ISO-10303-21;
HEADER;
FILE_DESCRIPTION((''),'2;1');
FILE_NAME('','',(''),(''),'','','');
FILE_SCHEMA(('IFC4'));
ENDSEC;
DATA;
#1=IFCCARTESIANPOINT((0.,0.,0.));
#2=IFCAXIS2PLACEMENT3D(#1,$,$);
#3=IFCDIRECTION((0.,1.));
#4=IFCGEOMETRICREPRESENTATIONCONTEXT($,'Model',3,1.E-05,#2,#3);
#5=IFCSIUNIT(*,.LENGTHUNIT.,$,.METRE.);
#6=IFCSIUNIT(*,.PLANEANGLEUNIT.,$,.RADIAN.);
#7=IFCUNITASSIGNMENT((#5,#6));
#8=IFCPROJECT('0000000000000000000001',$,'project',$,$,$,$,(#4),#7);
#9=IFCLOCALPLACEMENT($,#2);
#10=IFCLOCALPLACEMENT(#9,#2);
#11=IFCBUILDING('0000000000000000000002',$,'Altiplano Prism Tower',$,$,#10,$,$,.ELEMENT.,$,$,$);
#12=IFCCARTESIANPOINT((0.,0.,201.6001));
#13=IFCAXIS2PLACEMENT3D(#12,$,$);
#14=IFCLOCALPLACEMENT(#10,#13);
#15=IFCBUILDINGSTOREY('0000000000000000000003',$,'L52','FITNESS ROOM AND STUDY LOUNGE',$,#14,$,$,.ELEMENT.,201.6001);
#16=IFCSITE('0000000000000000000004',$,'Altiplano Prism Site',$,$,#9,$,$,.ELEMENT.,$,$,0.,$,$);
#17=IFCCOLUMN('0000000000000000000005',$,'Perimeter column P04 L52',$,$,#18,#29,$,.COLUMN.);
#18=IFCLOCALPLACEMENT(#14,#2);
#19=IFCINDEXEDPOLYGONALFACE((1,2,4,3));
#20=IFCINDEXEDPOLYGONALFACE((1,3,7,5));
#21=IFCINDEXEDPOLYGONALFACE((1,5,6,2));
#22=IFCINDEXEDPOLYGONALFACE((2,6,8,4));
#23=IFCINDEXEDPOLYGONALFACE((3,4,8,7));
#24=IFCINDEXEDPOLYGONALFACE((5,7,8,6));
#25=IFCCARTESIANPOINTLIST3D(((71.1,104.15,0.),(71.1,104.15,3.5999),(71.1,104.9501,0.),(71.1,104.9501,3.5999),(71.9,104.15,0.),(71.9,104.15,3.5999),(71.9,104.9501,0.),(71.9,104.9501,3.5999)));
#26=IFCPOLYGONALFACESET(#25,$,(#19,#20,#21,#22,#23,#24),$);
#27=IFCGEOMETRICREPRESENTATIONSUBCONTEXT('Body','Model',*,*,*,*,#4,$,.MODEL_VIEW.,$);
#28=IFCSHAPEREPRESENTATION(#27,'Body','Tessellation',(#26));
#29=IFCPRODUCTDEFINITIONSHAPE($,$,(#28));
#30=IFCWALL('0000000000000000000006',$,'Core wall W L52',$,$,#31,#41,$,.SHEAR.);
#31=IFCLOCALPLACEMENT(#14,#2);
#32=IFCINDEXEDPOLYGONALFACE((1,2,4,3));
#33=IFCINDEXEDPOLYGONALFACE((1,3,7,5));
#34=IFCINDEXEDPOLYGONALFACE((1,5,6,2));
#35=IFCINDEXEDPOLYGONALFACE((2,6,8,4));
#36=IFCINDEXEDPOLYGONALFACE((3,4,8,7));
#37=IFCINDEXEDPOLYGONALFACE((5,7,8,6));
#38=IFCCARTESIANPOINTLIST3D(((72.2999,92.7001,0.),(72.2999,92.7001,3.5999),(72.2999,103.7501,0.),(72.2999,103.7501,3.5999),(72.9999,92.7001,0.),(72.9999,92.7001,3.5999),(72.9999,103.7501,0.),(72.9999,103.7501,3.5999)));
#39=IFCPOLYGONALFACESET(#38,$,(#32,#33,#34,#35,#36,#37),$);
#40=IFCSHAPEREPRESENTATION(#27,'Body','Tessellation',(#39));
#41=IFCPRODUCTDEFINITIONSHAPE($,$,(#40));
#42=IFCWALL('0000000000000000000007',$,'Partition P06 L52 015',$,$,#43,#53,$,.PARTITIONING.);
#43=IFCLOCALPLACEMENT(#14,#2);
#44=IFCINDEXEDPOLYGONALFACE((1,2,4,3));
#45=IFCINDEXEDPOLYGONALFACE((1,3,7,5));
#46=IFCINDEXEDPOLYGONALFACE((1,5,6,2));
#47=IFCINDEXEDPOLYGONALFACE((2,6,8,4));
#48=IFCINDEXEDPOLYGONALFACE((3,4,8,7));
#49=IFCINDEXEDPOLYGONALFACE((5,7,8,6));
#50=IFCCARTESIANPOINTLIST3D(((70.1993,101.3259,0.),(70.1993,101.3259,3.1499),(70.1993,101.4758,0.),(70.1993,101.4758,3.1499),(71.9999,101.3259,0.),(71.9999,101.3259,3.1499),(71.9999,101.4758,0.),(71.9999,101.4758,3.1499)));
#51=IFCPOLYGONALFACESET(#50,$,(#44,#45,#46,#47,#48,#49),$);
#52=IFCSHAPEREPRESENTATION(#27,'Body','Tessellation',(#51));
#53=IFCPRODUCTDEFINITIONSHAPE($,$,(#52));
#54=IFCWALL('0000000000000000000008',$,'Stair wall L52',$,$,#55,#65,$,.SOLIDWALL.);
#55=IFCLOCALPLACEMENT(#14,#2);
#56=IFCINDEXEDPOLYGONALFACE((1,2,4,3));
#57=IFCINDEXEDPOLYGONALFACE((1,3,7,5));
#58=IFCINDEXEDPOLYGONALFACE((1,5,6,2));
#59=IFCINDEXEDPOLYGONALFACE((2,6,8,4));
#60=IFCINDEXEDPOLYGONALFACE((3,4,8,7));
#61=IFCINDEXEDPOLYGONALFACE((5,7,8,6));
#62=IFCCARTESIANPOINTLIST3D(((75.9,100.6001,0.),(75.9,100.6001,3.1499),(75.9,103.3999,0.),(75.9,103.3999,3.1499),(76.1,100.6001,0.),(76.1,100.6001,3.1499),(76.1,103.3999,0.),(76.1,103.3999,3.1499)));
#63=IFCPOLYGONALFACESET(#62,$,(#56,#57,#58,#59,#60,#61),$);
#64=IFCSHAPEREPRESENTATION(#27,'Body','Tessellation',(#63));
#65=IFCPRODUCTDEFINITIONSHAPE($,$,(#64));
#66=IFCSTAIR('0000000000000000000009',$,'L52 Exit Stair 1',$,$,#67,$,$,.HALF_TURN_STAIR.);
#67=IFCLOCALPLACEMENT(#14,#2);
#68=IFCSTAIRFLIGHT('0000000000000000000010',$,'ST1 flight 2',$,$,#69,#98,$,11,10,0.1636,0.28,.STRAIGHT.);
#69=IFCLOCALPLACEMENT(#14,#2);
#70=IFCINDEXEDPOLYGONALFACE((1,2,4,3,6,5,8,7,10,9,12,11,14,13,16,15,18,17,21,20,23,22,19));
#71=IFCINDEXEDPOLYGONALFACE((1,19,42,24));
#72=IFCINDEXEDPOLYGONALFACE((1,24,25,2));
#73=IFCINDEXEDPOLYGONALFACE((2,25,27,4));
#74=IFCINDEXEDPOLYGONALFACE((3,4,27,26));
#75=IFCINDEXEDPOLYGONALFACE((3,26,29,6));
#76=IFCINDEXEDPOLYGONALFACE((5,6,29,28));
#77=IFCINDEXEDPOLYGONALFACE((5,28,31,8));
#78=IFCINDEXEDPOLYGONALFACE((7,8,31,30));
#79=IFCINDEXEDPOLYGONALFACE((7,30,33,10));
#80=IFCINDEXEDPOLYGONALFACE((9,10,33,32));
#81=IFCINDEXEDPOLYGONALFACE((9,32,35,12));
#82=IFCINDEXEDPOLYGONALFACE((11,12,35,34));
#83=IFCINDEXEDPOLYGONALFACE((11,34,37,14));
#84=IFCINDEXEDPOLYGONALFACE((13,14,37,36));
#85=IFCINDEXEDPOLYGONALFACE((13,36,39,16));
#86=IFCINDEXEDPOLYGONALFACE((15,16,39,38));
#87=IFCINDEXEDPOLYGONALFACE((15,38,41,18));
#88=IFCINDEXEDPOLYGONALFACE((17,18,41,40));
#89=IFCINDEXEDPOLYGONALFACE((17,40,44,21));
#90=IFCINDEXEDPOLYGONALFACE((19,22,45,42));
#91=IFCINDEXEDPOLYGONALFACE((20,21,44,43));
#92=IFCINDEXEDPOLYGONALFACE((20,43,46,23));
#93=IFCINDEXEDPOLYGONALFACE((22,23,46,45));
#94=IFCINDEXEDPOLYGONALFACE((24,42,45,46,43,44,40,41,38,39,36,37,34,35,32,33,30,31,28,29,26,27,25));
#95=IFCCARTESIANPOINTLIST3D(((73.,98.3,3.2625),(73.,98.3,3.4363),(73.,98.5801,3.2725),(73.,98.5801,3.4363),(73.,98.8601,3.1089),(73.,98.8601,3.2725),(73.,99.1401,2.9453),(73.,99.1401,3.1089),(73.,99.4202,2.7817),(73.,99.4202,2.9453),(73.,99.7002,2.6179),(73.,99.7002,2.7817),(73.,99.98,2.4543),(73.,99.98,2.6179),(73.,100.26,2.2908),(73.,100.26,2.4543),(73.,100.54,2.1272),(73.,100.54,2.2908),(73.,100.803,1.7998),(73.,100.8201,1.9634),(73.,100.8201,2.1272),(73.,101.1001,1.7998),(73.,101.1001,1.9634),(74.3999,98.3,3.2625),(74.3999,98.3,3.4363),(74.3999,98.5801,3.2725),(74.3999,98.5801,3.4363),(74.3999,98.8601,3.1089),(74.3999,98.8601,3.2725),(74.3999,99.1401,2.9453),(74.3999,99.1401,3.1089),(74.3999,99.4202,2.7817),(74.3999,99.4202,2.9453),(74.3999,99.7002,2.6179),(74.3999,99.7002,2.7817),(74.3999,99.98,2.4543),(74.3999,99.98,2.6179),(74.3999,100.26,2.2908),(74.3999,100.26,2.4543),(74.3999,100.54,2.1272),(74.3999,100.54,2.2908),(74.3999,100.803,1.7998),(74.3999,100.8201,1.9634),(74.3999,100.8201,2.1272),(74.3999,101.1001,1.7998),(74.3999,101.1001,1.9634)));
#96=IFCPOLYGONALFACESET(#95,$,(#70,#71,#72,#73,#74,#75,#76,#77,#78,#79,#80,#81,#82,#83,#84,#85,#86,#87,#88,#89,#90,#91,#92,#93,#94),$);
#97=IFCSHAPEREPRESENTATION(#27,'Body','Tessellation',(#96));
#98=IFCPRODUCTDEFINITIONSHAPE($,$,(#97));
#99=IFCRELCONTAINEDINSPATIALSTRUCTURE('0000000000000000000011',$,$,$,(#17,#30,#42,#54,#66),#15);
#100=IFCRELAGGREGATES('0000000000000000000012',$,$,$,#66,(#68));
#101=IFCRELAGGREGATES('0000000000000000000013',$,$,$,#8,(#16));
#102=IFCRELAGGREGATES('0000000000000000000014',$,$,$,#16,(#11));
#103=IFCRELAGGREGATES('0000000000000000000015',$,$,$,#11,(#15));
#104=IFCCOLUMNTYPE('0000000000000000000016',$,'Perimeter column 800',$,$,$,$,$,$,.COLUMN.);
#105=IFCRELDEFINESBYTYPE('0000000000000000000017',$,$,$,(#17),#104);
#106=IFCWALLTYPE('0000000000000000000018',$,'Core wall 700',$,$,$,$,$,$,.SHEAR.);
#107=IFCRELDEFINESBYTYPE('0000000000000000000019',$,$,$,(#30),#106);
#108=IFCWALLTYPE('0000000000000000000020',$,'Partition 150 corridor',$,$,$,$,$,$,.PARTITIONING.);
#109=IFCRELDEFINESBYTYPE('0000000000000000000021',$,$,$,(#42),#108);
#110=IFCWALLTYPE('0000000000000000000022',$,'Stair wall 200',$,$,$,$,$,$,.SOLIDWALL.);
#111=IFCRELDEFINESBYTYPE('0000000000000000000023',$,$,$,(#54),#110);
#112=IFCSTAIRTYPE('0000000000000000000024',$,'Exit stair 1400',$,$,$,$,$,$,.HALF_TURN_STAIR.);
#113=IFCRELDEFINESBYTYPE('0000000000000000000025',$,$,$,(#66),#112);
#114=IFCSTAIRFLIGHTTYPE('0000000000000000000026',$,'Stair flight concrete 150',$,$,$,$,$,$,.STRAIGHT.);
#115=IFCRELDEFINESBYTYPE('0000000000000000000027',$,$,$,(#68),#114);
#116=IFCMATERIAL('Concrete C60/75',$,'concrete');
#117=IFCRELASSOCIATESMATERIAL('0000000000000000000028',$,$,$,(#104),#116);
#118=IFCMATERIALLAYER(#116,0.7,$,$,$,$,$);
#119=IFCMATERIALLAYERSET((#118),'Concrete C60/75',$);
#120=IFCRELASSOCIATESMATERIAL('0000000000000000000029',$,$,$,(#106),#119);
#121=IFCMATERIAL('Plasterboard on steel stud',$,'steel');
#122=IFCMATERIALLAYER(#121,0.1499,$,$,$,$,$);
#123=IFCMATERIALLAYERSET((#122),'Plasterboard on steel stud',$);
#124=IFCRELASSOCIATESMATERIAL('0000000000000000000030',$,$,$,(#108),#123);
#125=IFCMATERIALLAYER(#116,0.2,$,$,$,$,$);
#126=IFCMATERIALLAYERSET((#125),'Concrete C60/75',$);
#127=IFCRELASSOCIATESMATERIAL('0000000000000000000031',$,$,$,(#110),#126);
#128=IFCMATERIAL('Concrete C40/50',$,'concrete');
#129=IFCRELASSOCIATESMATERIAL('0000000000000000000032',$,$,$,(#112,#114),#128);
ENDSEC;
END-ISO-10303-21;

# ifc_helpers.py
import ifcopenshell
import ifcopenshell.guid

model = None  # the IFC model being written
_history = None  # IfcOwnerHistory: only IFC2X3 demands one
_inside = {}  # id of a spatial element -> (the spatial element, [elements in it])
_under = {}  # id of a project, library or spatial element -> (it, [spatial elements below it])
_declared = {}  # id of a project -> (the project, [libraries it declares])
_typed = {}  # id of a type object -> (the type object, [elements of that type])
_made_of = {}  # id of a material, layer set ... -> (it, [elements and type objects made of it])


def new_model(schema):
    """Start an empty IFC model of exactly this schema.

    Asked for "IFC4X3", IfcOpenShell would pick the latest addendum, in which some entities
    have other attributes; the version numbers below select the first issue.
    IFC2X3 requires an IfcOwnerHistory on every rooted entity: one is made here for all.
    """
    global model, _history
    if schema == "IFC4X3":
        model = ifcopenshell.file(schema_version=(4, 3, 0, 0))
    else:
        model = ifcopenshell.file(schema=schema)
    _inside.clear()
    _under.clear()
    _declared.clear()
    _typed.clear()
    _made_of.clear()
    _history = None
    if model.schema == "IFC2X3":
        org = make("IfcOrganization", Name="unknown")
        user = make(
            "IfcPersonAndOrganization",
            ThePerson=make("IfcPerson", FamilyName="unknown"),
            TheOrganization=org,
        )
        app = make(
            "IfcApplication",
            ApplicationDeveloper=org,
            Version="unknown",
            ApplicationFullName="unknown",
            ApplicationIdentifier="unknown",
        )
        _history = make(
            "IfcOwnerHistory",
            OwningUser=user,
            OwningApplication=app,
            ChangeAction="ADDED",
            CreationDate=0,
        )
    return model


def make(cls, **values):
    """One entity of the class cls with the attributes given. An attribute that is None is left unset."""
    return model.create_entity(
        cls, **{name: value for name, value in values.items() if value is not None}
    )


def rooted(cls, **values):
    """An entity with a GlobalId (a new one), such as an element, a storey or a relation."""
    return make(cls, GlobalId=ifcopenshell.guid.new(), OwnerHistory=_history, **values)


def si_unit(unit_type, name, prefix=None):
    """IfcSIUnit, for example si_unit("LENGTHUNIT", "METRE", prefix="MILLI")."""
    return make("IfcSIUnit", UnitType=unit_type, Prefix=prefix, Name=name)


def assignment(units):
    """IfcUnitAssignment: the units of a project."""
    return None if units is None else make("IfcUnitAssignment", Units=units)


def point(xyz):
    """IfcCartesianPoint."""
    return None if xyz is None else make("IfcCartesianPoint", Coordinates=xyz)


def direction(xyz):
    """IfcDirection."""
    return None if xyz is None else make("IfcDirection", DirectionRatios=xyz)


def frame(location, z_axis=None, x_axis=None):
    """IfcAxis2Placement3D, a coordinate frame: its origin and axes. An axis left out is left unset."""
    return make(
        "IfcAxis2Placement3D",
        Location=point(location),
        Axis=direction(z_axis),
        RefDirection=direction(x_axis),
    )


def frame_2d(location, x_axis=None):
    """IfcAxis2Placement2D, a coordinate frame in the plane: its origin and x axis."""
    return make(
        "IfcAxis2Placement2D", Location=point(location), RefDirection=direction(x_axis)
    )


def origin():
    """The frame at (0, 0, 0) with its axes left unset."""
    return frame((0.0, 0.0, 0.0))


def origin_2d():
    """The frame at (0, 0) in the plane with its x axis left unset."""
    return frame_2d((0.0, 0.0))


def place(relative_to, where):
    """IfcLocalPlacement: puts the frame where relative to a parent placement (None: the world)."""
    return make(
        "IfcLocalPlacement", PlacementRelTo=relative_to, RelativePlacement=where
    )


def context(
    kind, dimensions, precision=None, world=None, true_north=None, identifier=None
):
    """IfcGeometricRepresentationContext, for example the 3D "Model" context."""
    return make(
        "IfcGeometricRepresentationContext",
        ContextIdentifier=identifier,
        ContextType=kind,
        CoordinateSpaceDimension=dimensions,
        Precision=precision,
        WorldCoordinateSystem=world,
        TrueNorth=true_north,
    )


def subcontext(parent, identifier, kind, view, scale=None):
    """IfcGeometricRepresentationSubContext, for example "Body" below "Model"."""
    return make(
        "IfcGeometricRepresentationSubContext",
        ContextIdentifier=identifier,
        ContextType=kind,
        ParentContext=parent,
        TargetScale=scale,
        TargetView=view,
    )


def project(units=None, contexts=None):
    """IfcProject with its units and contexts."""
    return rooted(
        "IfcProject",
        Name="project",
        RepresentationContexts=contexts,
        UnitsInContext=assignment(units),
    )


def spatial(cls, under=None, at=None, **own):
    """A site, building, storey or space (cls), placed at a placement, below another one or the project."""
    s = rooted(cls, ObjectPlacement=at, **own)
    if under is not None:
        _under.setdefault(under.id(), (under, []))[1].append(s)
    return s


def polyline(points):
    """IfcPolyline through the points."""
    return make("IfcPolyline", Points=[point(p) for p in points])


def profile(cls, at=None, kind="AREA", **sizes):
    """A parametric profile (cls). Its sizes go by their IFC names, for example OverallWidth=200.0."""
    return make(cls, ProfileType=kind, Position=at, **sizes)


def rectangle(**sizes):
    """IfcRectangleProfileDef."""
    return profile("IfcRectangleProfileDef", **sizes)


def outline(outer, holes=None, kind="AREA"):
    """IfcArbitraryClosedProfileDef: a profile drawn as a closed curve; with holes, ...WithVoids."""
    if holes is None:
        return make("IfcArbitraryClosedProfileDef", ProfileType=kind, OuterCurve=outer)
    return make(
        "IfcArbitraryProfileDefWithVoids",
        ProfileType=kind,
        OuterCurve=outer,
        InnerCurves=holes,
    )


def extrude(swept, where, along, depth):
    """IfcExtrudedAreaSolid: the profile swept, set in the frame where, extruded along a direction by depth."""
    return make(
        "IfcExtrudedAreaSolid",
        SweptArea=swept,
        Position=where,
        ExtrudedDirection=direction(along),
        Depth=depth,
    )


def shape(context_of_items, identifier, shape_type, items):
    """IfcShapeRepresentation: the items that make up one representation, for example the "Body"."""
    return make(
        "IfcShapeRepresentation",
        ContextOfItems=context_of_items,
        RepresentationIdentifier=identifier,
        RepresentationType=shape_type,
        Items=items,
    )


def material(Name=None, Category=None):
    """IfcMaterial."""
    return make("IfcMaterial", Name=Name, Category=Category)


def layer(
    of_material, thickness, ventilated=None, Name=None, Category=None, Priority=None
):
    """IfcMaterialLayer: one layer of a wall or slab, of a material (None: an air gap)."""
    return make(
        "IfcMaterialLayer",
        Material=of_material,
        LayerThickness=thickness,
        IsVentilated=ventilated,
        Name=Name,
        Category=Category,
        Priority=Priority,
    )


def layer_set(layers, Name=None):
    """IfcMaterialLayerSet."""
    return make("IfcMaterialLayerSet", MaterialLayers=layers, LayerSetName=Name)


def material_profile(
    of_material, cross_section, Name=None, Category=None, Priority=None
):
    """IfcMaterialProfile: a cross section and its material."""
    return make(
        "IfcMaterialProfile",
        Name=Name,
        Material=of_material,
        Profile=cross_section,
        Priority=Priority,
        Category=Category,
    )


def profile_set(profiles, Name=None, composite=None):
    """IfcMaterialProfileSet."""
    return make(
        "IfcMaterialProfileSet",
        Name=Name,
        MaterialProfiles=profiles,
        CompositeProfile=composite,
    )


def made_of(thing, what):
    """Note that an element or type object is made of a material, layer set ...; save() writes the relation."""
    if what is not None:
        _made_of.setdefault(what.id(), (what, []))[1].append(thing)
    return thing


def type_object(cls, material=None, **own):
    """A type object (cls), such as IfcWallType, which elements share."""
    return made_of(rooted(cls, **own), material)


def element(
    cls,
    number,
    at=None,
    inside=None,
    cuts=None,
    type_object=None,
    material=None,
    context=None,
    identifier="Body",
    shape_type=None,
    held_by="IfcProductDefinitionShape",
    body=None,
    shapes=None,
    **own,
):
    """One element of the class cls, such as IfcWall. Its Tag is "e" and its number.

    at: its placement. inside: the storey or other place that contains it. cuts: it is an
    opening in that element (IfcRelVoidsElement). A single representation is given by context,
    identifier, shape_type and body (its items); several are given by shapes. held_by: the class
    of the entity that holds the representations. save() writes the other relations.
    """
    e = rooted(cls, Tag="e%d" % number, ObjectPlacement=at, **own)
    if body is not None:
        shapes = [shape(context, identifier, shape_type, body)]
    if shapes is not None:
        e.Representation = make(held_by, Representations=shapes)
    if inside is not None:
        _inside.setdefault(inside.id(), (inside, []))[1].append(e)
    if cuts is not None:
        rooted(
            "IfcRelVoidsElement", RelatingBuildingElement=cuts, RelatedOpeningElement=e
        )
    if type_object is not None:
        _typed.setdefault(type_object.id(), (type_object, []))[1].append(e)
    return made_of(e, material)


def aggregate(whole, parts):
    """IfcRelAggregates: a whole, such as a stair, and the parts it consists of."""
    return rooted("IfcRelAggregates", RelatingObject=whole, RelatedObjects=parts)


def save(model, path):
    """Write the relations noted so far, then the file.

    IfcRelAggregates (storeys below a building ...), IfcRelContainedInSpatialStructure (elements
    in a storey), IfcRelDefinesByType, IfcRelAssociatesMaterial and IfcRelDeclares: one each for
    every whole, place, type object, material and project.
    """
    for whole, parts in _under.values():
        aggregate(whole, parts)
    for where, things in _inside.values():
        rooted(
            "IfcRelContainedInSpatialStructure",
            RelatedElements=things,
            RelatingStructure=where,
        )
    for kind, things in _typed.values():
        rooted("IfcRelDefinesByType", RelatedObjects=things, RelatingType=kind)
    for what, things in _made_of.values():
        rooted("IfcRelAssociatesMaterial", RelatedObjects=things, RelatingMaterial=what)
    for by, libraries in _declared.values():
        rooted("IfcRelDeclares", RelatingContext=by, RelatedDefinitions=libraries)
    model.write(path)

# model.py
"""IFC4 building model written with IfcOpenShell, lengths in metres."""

from ifc_helpers import new_model, si_unit, direction, frame, frame_2d, origin, origin_2d, place, context, subcontext, project, spatial, polyline, rectangle, outline, extrude, material, layer, layer_set, material_profile, profile_set, type_object, element, aggregate, save


model = new_model("IFC4")

# Units and contexts
model_context = context("Model", 3, precision=1e-05, world=origin(), true_north=direction((0.0, 1.0)))
body_context = subcontext(model_context, "Body", "Model", "MODEL_VIEW")
ifc_project = project(units=[si_unit("LENGTHUNIT", "METRE"), si_unit("PLANEANGLEUNIT", "RADIAN")], contexts=[model_context])

# Site, building, storey
site_placement = place(None, origin())
site = spatial("IfcSite", under=ifc_project, at=site_placement, Name="Altiplano Prism Site", CompositionType="ELEMENT", RefElevation=0.0)
building_placement = place(site_placement, origin())
building = spatial("IfcBuilding", under=site, at=building_placement, Name="Altiplano Prism Tower", CompositionType="ELEMENT")
storey_placement = place(building_placement, frame((0.0, 0.0, 201.6001)))
storey = spatial("IfcBuildingStorey", under=building, at=storey_placement, Name="L52", Description="FITNESS ROOM AND STUDY LOUNGE", CompositionType="ELEMENT", Elevation=201.6001)

# Column
ifc_material_1 = material(Name="Concrete C60/75", Category="concrete")
ifc_material_profile = material_profile(ifc_material_1, rectangle(XDim=0.8, YDim=0.8, at=origin_2d()), Name="Perimeter column 800")
ifc_profile_set = profile_set([ifc_material_profile], Name="Concrete C60/75")
column_type = type_object("IfcColumnType", Name="Perimeter column 800", PredefinedType="COLUMN", material=ifc_profile_set)
column_placement = place(storey_placement, frame((71.5, 104.55, 0.0), z_axis=(0.0, 0.0, 1.0), x_axis=(1.0, 0.0, 0.0)))
element("IfcColumn", 1, at=column_placement, inside=storey, type_object=column_type, Name="Perimeter column P04 L52", PredefinedType="COLUMN", context=body_context, shape_type="SweptSolid", body=[
    extrude(rectangle(XDim=0.8, YDim=0.8, at=origin_2d()), origin(), (0.0, 0.0, 1.0), 3.5999),
])

# Walls
ifc_layer_1 = layer(ifc_material_1, 0.7)
ifc_layer_set_1 = layer_set([ifc_layer_1], Name="Concrete C60/75")
wall_type_1 = type_object("IfcWallType", Name="Core wall 700", PredefinedType="SHEAR", material=ifc_layer_set_1)
wall_1_placement = place(storey_placement, frame((72.6499, 103.75, 0.0), z_axis=(0.0, 0.0, 1.0), x_axis=(0.0, -1.0, 0.0)))
element("IfcWall", 2, at=wall_1_placement, inside=storey, type_object=wall_type_1, Name="Core wall W L52", PredefinedType="SHEAR", context=body_context, shape_type="SweptSolid", body=[
    extrude(rectangle(XDim=11.05, YDim=0.7, at=frame_2d((5.5249, 0.0))), origin(), (0.0, 0.0, 1.0), 3.5999),
])
ifc_material_2 = material(Name="Plasterboard on steel stud", Category="steel")
ifc_layer_2 = layer(ifc_material_2, 0.1499)
ifc_layer_set_2 = layer_set([ifc_layer_2], Name="Plasterboard on steel stud")
wall_type_2 = type_object("IfcWallType", Name="Partition 150 corridor", PredefinedType="PARTITIONING", material=ifc_layer_set_2)
wall_2_placement = place(storey_placement, frame((72.0, 101.4009, 0.0), z_axis=(0.0, 0.0, 1.0), x_axis=(-1.0, 0.0, 0.0)))
element("IfcWall", 3, at=wall_2_placement, inside=storey, type_object=wall_type_2, Name="Partition P06 L52 015", PredefinedType="PARTITIONING", context=body_context, shape_type="SweptSolid", body=[
    extrude(rectangle(XDim=1.8005, YDim=0.1499, at=frame_2d((0.9004, 0.0))), origin(), (0.0, 0.0, 1.0), 3.1499),
])

# Shared definitions
ifc_layer_3 = layer(ifc_material_1, 0.2)
ifc_layer_set_3 = layer_set([ifc_layer_3], Name="Concrete C60/75")
wall_type_3 = type_object("IfcWallType", Name="Stair wall 200", PredefinedType="SOLIDWALL", material=ifc_layer_set_3)

# Wall
wall_3_placement = place(storey_placement, frame((76.0, 100.6001, 0.0), z_axis=(0.0, 0.0, 1.0), x_axis=(0.0, 1.0, 0.0)))
element("IfcWall", 4, at=wall_3_placement, inside=storey, type_object=wall_type_3, Name="Stair wall L52", PredefinedType="SOLIDWALL", context=body_context, shape_type="SweptSolid", body=[
    extrude(rectangle(XDim=2.7998, YDim=0.2, at=frame_2d((1.3999, 0.0))), origin(), (0.0, 0.0, 1.0), 3.1499),
])

# Stair, stair flight
ifc_material_3 = material(Name="Concrete C40/50", Category="concrete")
stair_type = type_object("IfcStairType", Name="Exit stair 1400", PredefinedType="HALF_TURN_STAIR", material=ifc_material_3)
stair_placement = place(storey_placement, origin())
stair = element("IfcStair", 5, at=stair_placement, inside=storey, type_object=stair_type, Name="L52 Exit Stair 1", PredefinedType="HALF_TURN_STAIR")
stair_flight_type = type_object("IfcStairFlightType", Name="Stair flight concrete 150", PredefinedType="STRAIGHT", material=ifc_material_3)
stair_flight_placement = place(storey_placement, frame((73.7, 101.1001, 1.7998), z_axis=(0.0, 0.0, 1.0), x_axis=(0.0, -1.0, 0.0)))
stair_flight = element("IfcStairFlight", 6, at=stair_flight_placement, type_object=stair_flight_type, Name="ST1 flight 2", NumberOfRisers=11, NumberOfTreads=10, PredefinedType="STRAIGHT", RiserHeight=0.1636, TreadLength=0.28, context=body_context, shape_type="SweptSolid", body=[
    extrude(outline(polyline([(0.0, 0.0), (0.0, 0.1636), (0.28, 0.1636), (0.28, 0.3274), (0.5601, 0.3274), (0.5601, 0.491), (0.8401, 0.491), (0.8401, 0.6545), (1.1201, 0.6545), (1.1201, 0.8181), (1.3999, 0.8181), (1.3999, 0.9819), (1.6799, 0.9819), (1.6799, 1.1455), (1.96, 1.1455), (1.96, 1.3091), (2.24, 1.3091), (2.24, 1.4727), (2.52, 1.4727), (2.52, 1.6365), (2.8, 1.6365), (2.8, 1.8), (2.8, 1.4626), (0.2971, 0.0), (0.0, 0.0)])), frame((0.0, 0.7, 0.0), z_axis=(0.0, -1.0, 0.0), x_axis=(1.0, 0.0, 0.0)), (0.0, 0.0, 1.0), 1.3999),
])
aggregate(stair, [stair_flight])

save(model, "model.ifc")
